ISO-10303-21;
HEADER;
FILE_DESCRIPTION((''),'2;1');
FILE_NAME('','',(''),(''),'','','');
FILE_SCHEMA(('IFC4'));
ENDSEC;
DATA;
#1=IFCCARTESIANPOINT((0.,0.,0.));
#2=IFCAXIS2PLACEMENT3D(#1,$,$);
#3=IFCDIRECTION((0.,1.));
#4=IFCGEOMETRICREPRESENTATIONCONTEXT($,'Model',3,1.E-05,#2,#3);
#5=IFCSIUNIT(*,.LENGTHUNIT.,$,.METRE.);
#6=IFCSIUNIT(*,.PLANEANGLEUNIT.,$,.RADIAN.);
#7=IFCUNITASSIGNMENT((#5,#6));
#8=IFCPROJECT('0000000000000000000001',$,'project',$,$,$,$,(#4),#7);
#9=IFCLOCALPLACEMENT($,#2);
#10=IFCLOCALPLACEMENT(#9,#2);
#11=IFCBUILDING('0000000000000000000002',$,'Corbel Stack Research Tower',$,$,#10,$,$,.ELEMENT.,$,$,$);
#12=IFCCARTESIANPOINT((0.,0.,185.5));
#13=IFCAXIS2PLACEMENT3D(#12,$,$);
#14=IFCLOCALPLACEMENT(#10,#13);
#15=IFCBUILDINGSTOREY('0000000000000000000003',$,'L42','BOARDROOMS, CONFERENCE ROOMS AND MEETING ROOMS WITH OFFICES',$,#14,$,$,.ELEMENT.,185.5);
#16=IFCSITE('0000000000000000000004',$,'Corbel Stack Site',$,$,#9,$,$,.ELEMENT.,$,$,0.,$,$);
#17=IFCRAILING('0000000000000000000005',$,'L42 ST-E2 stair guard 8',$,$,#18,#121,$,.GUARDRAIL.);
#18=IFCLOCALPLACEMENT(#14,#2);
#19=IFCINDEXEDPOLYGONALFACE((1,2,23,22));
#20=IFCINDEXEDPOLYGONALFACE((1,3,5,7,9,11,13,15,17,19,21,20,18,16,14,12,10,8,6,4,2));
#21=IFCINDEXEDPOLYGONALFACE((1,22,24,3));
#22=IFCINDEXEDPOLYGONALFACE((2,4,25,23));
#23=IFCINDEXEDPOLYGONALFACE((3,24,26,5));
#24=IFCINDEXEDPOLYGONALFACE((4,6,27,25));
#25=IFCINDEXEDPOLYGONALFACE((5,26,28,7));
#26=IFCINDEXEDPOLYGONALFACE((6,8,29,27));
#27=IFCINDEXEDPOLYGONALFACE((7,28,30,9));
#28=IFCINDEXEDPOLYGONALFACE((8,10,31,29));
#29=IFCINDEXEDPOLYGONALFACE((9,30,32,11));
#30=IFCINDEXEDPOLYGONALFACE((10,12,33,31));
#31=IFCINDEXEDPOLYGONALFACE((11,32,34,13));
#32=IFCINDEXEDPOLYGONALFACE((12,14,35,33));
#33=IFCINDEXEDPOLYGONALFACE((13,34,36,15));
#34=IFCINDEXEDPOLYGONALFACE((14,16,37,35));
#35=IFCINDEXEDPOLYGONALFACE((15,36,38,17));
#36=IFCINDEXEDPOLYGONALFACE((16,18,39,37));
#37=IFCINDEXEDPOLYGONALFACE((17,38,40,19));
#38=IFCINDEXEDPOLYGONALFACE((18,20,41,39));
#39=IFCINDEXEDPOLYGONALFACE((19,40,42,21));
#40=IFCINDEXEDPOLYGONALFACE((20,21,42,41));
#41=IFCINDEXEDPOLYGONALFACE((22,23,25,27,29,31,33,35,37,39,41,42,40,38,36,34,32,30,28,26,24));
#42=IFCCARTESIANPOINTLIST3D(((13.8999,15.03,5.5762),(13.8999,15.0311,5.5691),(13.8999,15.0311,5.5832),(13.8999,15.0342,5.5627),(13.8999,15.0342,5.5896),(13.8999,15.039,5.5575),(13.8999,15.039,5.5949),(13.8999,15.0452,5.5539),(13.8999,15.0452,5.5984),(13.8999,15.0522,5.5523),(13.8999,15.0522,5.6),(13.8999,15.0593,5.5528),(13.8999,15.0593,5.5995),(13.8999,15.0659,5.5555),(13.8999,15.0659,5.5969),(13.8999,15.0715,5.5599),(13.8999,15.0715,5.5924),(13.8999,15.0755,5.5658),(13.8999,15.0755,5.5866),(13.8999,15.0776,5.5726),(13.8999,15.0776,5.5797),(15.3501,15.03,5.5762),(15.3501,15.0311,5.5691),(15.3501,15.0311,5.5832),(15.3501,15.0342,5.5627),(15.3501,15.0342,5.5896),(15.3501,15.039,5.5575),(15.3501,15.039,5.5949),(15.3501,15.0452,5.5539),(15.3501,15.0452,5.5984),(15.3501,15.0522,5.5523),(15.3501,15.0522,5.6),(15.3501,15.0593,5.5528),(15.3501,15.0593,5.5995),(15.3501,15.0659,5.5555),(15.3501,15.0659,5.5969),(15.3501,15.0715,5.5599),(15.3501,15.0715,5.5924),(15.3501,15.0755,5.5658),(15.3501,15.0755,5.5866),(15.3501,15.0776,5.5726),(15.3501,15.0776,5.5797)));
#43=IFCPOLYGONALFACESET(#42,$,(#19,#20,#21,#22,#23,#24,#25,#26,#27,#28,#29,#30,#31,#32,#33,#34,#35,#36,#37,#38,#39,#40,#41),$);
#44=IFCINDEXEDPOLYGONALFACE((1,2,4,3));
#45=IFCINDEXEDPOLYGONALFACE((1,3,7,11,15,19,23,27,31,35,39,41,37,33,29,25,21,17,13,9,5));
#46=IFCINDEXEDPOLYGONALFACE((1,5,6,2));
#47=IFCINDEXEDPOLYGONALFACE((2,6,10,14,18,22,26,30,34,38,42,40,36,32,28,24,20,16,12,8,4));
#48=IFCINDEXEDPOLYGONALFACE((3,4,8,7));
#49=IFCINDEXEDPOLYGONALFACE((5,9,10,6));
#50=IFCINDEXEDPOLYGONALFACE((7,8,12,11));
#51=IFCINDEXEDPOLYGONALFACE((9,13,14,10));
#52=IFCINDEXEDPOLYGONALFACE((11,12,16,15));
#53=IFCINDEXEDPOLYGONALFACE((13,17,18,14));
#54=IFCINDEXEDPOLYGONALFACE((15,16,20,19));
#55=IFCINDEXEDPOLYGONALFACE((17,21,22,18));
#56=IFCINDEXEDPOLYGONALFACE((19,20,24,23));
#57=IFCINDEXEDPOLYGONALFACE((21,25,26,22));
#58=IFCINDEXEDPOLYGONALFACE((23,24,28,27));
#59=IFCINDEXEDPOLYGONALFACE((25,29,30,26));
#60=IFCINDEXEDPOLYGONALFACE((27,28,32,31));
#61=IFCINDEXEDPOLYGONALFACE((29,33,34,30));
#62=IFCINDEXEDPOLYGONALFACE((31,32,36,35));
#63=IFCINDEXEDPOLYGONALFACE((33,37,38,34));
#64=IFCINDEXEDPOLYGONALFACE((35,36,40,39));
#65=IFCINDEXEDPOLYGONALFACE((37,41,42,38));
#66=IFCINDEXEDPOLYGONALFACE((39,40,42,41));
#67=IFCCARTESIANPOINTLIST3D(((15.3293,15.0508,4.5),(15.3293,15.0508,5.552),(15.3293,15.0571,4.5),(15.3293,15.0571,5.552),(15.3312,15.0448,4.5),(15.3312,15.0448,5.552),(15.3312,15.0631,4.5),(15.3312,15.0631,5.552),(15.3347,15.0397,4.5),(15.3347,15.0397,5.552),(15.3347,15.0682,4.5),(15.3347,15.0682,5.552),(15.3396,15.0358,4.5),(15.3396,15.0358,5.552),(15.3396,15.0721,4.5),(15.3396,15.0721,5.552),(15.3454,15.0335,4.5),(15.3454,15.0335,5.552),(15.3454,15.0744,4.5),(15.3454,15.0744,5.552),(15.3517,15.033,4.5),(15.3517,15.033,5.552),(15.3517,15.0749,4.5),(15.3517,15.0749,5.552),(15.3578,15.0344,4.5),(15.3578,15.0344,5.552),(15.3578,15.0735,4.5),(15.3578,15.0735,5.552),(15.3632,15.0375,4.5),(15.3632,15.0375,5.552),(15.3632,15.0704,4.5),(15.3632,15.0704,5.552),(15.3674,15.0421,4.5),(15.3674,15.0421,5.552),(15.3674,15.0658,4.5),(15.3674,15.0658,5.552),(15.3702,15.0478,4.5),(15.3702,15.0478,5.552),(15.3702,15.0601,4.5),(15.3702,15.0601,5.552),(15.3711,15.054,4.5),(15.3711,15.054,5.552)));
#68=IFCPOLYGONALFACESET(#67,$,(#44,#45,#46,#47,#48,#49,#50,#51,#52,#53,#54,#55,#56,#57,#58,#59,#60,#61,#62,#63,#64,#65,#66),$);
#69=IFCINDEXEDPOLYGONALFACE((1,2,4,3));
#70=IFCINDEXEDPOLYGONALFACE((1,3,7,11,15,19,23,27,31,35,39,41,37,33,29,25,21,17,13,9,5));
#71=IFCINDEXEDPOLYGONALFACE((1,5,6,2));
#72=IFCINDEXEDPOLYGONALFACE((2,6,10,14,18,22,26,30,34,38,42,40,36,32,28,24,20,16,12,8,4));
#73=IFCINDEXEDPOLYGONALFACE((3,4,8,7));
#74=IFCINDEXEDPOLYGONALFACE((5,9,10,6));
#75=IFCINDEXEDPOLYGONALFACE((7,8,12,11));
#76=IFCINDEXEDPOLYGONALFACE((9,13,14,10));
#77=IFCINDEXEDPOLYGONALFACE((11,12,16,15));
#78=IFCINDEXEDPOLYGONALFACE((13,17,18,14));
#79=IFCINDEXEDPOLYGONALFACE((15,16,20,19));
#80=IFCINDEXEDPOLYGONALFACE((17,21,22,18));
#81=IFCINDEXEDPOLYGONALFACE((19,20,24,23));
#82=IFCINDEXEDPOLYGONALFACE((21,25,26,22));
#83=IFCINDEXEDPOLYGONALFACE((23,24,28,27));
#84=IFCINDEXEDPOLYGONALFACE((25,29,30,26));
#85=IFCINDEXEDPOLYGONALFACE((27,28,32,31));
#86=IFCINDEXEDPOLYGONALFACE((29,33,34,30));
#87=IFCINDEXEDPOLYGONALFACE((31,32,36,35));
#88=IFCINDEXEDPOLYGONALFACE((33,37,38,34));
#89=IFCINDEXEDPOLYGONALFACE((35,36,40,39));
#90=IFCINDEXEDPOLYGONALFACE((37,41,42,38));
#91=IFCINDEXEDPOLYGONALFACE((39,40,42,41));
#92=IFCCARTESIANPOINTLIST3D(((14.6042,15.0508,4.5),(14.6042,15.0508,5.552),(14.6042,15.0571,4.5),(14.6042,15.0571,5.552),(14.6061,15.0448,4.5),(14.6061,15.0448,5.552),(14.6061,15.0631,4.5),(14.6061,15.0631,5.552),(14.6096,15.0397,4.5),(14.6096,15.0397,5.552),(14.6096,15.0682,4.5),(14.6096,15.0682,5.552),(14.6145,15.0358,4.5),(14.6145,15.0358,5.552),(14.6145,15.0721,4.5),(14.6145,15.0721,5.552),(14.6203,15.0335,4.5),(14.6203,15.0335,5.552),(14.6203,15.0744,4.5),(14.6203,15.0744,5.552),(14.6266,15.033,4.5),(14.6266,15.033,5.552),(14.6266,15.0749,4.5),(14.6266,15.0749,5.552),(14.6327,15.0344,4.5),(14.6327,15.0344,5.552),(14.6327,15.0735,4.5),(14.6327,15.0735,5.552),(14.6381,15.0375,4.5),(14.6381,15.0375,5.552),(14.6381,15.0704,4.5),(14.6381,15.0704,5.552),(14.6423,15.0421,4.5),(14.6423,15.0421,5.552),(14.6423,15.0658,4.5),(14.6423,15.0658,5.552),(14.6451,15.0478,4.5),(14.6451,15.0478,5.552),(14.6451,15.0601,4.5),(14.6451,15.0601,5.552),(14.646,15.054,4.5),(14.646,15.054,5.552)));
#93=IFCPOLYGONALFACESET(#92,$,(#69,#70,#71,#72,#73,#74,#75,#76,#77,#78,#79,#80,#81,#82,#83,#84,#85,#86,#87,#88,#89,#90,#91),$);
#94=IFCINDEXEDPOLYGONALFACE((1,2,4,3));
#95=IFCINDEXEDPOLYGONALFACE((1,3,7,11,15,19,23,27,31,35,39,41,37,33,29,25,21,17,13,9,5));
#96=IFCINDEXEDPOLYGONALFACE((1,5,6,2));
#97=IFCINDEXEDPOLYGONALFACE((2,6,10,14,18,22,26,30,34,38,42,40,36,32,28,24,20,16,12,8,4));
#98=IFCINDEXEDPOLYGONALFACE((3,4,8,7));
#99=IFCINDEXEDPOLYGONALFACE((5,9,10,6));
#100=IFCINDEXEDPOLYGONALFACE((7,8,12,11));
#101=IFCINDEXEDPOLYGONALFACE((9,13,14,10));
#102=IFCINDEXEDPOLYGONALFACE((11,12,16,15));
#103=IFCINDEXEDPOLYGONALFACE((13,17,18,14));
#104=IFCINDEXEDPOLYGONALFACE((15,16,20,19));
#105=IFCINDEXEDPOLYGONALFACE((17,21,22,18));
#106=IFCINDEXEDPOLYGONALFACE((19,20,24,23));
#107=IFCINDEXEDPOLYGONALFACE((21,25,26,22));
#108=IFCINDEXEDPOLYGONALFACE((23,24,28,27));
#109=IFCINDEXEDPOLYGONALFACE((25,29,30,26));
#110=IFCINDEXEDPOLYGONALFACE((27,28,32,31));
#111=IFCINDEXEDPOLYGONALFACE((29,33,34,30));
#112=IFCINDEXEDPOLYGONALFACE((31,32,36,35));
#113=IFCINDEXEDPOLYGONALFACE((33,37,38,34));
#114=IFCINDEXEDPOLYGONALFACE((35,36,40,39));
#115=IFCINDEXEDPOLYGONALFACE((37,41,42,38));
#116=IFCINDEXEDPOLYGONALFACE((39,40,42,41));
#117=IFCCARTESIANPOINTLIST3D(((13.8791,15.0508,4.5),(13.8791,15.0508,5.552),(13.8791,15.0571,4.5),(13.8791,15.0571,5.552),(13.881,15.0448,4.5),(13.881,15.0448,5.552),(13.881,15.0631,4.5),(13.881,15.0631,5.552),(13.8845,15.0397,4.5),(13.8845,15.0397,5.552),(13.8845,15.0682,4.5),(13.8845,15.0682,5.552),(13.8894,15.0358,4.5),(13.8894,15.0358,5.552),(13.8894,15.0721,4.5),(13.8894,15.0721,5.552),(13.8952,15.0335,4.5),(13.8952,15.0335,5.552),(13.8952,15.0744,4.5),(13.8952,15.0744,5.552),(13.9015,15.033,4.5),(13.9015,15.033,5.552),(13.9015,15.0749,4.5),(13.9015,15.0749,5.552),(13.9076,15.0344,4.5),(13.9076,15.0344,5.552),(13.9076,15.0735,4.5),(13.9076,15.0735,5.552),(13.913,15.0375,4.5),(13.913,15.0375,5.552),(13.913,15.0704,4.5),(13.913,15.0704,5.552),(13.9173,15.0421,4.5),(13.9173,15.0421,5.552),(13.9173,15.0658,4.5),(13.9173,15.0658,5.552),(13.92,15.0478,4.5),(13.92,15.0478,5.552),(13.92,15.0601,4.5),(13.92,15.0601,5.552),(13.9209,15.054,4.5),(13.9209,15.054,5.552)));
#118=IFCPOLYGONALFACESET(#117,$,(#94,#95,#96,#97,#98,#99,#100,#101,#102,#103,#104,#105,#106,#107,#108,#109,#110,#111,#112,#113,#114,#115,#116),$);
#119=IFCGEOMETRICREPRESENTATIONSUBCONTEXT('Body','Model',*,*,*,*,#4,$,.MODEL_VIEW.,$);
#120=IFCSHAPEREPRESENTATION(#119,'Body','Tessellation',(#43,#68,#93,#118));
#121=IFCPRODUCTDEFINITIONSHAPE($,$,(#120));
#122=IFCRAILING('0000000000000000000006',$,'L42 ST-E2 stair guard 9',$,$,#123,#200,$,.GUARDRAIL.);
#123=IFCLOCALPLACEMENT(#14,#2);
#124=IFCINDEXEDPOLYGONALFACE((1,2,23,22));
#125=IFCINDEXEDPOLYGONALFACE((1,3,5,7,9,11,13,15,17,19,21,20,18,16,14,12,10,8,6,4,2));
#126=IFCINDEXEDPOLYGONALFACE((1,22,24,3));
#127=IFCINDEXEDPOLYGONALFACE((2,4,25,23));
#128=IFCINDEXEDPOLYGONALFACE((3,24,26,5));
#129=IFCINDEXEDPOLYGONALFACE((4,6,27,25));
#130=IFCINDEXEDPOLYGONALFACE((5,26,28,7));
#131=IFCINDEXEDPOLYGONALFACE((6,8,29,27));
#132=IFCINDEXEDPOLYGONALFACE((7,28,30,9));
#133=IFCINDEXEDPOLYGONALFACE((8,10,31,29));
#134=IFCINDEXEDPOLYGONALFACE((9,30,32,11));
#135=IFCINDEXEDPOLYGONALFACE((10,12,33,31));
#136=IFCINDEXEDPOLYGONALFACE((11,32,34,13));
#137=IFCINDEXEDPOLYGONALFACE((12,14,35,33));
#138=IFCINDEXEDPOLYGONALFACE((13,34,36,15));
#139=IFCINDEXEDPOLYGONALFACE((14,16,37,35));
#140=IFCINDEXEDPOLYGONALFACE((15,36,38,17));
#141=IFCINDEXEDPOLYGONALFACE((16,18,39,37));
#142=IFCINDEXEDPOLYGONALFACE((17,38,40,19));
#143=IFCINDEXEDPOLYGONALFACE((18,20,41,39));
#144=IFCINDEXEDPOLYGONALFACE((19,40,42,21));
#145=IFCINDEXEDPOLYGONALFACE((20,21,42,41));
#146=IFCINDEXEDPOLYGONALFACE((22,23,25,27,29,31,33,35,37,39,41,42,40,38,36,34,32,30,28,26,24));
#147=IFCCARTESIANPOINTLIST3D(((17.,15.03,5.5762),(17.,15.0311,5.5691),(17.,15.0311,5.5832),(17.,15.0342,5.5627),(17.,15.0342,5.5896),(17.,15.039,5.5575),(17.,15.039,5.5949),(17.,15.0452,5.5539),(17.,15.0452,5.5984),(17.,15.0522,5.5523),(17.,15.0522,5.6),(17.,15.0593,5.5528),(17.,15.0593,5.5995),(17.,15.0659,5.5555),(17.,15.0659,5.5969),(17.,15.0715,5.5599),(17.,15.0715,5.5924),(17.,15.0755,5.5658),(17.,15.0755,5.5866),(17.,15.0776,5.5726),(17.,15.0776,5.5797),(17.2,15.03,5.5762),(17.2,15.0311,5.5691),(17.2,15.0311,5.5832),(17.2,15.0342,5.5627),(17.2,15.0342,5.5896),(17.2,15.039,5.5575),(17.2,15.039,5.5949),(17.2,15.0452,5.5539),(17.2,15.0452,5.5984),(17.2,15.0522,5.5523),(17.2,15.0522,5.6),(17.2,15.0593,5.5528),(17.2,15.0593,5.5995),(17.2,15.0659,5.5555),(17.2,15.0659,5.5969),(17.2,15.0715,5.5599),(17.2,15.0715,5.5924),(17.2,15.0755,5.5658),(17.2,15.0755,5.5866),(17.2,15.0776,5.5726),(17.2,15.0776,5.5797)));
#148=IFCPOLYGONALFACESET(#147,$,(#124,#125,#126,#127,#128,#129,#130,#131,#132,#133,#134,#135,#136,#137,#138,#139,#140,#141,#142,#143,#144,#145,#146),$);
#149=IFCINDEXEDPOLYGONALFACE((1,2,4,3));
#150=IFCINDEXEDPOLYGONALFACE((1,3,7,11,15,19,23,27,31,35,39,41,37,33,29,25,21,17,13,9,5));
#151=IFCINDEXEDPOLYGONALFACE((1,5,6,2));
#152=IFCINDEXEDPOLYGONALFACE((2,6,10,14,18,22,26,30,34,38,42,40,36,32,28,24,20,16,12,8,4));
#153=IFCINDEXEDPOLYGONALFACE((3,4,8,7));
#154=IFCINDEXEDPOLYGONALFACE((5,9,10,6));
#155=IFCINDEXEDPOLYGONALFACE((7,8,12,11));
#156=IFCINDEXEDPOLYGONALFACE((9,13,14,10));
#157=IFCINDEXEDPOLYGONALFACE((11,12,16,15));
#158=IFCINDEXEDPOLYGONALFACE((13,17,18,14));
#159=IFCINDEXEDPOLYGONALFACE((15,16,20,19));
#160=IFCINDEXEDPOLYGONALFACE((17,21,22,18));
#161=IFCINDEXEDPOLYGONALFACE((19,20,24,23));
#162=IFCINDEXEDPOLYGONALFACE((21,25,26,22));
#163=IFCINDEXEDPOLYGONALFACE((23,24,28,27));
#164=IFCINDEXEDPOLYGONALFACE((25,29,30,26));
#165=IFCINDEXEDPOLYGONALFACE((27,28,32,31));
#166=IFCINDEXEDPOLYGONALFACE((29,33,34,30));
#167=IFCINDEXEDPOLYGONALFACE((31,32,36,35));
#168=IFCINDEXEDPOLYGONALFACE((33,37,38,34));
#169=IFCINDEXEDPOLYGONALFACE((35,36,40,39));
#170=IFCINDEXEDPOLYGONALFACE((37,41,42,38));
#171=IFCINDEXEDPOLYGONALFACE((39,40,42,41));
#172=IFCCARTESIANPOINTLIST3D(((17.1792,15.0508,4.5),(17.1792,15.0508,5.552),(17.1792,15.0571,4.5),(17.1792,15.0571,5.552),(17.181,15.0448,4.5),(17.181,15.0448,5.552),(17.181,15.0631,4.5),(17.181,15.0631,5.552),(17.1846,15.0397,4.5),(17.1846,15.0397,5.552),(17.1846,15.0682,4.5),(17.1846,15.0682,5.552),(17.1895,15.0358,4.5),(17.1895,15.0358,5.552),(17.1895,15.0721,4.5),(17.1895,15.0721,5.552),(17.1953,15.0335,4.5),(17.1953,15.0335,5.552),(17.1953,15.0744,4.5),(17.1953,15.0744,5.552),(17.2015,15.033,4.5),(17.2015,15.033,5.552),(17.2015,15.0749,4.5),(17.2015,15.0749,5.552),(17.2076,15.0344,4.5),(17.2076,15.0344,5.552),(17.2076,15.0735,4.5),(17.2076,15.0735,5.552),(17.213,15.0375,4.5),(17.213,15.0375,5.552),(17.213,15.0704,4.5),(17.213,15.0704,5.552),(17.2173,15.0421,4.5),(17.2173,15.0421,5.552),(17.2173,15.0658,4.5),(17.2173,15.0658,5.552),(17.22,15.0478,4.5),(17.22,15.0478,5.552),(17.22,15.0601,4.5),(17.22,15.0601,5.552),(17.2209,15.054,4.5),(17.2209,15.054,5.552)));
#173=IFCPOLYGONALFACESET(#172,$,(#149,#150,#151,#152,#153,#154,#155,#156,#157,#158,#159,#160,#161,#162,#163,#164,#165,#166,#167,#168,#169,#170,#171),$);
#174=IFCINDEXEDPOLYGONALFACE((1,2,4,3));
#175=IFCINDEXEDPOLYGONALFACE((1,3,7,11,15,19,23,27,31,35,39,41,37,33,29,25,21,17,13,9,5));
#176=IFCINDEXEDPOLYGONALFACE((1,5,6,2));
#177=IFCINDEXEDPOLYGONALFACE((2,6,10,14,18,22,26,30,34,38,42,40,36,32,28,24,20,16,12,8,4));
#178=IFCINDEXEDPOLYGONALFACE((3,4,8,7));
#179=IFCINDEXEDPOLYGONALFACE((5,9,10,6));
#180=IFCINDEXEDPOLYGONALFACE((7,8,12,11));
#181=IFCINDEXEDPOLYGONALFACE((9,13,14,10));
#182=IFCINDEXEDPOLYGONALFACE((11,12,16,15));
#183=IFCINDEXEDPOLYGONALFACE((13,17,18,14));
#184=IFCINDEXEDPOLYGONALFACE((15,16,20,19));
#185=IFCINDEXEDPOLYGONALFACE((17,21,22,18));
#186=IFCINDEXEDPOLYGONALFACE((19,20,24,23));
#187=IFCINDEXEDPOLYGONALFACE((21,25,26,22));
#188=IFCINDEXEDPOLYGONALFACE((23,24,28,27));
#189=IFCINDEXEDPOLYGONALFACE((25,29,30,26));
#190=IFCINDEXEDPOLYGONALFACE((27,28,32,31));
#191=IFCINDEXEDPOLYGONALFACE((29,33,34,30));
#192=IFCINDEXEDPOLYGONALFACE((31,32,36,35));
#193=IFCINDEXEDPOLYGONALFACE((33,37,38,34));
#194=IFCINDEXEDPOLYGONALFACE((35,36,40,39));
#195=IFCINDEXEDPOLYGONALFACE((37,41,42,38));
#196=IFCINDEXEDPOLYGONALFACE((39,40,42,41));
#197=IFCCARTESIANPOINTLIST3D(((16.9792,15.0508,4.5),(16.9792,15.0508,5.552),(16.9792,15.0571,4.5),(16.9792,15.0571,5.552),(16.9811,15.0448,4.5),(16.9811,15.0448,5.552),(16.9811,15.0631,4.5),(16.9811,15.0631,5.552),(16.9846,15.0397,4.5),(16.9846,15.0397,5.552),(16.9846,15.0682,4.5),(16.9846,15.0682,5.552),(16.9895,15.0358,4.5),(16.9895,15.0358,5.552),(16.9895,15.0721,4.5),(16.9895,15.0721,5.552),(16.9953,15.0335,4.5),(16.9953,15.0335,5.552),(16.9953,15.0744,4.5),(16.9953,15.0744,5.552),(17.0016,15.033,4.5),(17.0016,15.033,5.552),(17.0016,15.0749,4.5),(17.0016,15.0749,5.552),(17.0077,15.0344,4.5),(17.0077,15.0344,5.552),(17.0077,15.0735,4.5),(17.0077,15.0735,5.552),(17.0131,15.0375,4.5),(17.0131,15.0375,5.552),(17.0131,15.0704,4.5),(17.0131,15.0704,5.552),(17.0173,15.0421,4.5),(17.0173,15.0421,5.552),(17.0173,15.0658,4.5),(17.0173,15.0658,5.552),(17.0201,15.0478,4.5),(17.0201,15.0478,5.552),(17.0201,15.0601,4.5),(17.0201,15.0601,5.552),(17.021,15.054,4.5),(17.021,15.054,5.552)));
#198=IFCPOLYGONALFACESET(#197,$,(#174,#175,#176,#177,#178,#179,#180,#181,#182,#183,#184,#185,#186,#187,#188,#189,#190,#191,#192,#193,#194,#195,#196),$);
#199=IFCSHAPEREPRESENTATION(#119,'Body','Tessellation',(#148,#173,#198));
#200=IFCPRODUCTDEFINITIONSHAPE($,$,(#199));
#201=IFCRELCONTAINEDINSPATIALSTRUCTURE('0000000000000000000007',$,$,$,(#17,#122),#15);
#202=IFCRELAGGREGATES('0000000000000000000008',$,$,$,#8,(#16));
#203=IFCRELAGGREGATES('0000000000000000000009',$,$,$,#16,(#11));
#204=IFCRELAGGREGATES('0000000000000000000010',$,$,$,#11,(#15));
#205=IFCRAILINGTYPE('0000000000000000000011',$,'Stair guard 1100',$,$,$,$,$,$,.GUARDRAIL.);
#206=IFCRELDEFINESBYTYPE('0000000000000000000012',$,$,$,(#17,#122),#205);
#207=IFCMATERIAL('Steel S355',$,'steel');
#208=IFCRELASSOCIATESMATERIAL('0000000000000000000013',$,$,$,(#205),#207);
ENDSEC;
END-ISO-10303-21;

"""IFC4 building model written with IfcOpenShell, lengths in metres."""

from ifc_helpers import new_model, si_unit, direction, frame, origin, origin_2d, place, context, subcontext, project, spatial, circle, extrude, material, type_object, element, save


model = new_model("IFC4")

# Units and contexts
model_context = context("Model", 3, precision=1e-05, world=origin(), true_north=direction((0.0, 1.0)))
body_context = subcontext(model_context, "Body", "Model", "MODEL_VIEW")
ifc_project = project(units=[si_unit("LENGTHUNIT", "METRE"), si_unit("PLANEANGLEUNIT", "RADIAN")], contexts=[model_context])

# Site, building, storey
site_placement = place(None, origin())
site = spatial("IfcSite", under=ifc_project, at=site_placement, Name="Corbel Stack Site", CompositionType="ELEMENT", RefElevation=0.0)
building_placement = place(site_placement, origin())
building = spatial("IfcBuilding", under=site, at=building_placement, Name="Corbel Stack Research Tower", CompositionType="ELEMENT")
storey_placement = place(building_placement, frame((0.0, 0.0, 185.5)))
storey = spatial("IfcBuildingStorey", under=building, at=storey_placement, Name="L42", Description="BOARDROOMS, CONFERENCE ROOMS AND MEETING ROOMS WITH OFFICES", CompositionType="ELEMENT", Elevation=185.5)

# Railings
ifc_material_1 = material(Name="Steel S355", Category="steel")
railing_type_1 = type_object("IfcRailingType", Name="Stair guard 1100", PredefinedType="GUARDRAIL", material=ifc_material_1)
railing_1_placement = place(storey_placement, frame((15.3501, 15.054, 4.5)))
element("IfcRailing", 1, at=railing_1_placement, inside=storey, type_object=railing_type_1, Name="L42 ST-E2 stair guard 8", PredefinedType="GUARDRAIL", context=body_context, shape_type="SweptSolid", body=[
    extrude(circle(Radius=0.0239, at=origin_2d()), frame((0.0, 0.0, 1.0762), z_axis=(-1.0, 0.0, 0.0), x_axis=(0.0, -1.0, 0.0)), (0.0, 0.0, 1.0), 1.4502),
    extrude(circle(Radius=0.021, at=origin_2d()), origin(), (0.0, 0.0, 1.0), 1.052),
    extrude(circle(Radius=0.021, at=origin_2d()), frame((-0.7251, 0.0, 0.0)), (0.0, 0.0, 1.0), 1.052),
    extrude(circle(Radius=0.021, at=origin_2d()), frame((-1.4502, 0.0, 0.0)), (0.0, 0.0, 1.0), 1.052),
])
railing_2_placement = place(storey_placement, frame((17.2, 15.054, 4.5)))
element("IfcRailing", 2, at=railing_2_placement, inside=storey, type_object=railing_type_1, Name="L42 ST-E2 stair guard 9", PredefinedType="GUARDRAIL", context=body_context, shape_type="SweptSolid", body=[
    extrude(circle(Radius=0.0239, at=origin_2d()), frame((0.0, 0.0, 1.0762), z_axis=(-1.0, 0.0, 0.0), x_axis=(0.0, -1.0, 0.0)), (0.0, 0.0, 1.0), 0.2),
    extrude(circle(Radius=0.021, at=origin_2d()), origin(), (0.0, 0.0, 1.0), 1.052),
    extrude(circle(Radius=0.021, at=origin_2d()), frame((-0.2, 0.0, 0.0)), (0.0, 0.0, 1.0), 1.052),
])

save(model, "model.ifc")
